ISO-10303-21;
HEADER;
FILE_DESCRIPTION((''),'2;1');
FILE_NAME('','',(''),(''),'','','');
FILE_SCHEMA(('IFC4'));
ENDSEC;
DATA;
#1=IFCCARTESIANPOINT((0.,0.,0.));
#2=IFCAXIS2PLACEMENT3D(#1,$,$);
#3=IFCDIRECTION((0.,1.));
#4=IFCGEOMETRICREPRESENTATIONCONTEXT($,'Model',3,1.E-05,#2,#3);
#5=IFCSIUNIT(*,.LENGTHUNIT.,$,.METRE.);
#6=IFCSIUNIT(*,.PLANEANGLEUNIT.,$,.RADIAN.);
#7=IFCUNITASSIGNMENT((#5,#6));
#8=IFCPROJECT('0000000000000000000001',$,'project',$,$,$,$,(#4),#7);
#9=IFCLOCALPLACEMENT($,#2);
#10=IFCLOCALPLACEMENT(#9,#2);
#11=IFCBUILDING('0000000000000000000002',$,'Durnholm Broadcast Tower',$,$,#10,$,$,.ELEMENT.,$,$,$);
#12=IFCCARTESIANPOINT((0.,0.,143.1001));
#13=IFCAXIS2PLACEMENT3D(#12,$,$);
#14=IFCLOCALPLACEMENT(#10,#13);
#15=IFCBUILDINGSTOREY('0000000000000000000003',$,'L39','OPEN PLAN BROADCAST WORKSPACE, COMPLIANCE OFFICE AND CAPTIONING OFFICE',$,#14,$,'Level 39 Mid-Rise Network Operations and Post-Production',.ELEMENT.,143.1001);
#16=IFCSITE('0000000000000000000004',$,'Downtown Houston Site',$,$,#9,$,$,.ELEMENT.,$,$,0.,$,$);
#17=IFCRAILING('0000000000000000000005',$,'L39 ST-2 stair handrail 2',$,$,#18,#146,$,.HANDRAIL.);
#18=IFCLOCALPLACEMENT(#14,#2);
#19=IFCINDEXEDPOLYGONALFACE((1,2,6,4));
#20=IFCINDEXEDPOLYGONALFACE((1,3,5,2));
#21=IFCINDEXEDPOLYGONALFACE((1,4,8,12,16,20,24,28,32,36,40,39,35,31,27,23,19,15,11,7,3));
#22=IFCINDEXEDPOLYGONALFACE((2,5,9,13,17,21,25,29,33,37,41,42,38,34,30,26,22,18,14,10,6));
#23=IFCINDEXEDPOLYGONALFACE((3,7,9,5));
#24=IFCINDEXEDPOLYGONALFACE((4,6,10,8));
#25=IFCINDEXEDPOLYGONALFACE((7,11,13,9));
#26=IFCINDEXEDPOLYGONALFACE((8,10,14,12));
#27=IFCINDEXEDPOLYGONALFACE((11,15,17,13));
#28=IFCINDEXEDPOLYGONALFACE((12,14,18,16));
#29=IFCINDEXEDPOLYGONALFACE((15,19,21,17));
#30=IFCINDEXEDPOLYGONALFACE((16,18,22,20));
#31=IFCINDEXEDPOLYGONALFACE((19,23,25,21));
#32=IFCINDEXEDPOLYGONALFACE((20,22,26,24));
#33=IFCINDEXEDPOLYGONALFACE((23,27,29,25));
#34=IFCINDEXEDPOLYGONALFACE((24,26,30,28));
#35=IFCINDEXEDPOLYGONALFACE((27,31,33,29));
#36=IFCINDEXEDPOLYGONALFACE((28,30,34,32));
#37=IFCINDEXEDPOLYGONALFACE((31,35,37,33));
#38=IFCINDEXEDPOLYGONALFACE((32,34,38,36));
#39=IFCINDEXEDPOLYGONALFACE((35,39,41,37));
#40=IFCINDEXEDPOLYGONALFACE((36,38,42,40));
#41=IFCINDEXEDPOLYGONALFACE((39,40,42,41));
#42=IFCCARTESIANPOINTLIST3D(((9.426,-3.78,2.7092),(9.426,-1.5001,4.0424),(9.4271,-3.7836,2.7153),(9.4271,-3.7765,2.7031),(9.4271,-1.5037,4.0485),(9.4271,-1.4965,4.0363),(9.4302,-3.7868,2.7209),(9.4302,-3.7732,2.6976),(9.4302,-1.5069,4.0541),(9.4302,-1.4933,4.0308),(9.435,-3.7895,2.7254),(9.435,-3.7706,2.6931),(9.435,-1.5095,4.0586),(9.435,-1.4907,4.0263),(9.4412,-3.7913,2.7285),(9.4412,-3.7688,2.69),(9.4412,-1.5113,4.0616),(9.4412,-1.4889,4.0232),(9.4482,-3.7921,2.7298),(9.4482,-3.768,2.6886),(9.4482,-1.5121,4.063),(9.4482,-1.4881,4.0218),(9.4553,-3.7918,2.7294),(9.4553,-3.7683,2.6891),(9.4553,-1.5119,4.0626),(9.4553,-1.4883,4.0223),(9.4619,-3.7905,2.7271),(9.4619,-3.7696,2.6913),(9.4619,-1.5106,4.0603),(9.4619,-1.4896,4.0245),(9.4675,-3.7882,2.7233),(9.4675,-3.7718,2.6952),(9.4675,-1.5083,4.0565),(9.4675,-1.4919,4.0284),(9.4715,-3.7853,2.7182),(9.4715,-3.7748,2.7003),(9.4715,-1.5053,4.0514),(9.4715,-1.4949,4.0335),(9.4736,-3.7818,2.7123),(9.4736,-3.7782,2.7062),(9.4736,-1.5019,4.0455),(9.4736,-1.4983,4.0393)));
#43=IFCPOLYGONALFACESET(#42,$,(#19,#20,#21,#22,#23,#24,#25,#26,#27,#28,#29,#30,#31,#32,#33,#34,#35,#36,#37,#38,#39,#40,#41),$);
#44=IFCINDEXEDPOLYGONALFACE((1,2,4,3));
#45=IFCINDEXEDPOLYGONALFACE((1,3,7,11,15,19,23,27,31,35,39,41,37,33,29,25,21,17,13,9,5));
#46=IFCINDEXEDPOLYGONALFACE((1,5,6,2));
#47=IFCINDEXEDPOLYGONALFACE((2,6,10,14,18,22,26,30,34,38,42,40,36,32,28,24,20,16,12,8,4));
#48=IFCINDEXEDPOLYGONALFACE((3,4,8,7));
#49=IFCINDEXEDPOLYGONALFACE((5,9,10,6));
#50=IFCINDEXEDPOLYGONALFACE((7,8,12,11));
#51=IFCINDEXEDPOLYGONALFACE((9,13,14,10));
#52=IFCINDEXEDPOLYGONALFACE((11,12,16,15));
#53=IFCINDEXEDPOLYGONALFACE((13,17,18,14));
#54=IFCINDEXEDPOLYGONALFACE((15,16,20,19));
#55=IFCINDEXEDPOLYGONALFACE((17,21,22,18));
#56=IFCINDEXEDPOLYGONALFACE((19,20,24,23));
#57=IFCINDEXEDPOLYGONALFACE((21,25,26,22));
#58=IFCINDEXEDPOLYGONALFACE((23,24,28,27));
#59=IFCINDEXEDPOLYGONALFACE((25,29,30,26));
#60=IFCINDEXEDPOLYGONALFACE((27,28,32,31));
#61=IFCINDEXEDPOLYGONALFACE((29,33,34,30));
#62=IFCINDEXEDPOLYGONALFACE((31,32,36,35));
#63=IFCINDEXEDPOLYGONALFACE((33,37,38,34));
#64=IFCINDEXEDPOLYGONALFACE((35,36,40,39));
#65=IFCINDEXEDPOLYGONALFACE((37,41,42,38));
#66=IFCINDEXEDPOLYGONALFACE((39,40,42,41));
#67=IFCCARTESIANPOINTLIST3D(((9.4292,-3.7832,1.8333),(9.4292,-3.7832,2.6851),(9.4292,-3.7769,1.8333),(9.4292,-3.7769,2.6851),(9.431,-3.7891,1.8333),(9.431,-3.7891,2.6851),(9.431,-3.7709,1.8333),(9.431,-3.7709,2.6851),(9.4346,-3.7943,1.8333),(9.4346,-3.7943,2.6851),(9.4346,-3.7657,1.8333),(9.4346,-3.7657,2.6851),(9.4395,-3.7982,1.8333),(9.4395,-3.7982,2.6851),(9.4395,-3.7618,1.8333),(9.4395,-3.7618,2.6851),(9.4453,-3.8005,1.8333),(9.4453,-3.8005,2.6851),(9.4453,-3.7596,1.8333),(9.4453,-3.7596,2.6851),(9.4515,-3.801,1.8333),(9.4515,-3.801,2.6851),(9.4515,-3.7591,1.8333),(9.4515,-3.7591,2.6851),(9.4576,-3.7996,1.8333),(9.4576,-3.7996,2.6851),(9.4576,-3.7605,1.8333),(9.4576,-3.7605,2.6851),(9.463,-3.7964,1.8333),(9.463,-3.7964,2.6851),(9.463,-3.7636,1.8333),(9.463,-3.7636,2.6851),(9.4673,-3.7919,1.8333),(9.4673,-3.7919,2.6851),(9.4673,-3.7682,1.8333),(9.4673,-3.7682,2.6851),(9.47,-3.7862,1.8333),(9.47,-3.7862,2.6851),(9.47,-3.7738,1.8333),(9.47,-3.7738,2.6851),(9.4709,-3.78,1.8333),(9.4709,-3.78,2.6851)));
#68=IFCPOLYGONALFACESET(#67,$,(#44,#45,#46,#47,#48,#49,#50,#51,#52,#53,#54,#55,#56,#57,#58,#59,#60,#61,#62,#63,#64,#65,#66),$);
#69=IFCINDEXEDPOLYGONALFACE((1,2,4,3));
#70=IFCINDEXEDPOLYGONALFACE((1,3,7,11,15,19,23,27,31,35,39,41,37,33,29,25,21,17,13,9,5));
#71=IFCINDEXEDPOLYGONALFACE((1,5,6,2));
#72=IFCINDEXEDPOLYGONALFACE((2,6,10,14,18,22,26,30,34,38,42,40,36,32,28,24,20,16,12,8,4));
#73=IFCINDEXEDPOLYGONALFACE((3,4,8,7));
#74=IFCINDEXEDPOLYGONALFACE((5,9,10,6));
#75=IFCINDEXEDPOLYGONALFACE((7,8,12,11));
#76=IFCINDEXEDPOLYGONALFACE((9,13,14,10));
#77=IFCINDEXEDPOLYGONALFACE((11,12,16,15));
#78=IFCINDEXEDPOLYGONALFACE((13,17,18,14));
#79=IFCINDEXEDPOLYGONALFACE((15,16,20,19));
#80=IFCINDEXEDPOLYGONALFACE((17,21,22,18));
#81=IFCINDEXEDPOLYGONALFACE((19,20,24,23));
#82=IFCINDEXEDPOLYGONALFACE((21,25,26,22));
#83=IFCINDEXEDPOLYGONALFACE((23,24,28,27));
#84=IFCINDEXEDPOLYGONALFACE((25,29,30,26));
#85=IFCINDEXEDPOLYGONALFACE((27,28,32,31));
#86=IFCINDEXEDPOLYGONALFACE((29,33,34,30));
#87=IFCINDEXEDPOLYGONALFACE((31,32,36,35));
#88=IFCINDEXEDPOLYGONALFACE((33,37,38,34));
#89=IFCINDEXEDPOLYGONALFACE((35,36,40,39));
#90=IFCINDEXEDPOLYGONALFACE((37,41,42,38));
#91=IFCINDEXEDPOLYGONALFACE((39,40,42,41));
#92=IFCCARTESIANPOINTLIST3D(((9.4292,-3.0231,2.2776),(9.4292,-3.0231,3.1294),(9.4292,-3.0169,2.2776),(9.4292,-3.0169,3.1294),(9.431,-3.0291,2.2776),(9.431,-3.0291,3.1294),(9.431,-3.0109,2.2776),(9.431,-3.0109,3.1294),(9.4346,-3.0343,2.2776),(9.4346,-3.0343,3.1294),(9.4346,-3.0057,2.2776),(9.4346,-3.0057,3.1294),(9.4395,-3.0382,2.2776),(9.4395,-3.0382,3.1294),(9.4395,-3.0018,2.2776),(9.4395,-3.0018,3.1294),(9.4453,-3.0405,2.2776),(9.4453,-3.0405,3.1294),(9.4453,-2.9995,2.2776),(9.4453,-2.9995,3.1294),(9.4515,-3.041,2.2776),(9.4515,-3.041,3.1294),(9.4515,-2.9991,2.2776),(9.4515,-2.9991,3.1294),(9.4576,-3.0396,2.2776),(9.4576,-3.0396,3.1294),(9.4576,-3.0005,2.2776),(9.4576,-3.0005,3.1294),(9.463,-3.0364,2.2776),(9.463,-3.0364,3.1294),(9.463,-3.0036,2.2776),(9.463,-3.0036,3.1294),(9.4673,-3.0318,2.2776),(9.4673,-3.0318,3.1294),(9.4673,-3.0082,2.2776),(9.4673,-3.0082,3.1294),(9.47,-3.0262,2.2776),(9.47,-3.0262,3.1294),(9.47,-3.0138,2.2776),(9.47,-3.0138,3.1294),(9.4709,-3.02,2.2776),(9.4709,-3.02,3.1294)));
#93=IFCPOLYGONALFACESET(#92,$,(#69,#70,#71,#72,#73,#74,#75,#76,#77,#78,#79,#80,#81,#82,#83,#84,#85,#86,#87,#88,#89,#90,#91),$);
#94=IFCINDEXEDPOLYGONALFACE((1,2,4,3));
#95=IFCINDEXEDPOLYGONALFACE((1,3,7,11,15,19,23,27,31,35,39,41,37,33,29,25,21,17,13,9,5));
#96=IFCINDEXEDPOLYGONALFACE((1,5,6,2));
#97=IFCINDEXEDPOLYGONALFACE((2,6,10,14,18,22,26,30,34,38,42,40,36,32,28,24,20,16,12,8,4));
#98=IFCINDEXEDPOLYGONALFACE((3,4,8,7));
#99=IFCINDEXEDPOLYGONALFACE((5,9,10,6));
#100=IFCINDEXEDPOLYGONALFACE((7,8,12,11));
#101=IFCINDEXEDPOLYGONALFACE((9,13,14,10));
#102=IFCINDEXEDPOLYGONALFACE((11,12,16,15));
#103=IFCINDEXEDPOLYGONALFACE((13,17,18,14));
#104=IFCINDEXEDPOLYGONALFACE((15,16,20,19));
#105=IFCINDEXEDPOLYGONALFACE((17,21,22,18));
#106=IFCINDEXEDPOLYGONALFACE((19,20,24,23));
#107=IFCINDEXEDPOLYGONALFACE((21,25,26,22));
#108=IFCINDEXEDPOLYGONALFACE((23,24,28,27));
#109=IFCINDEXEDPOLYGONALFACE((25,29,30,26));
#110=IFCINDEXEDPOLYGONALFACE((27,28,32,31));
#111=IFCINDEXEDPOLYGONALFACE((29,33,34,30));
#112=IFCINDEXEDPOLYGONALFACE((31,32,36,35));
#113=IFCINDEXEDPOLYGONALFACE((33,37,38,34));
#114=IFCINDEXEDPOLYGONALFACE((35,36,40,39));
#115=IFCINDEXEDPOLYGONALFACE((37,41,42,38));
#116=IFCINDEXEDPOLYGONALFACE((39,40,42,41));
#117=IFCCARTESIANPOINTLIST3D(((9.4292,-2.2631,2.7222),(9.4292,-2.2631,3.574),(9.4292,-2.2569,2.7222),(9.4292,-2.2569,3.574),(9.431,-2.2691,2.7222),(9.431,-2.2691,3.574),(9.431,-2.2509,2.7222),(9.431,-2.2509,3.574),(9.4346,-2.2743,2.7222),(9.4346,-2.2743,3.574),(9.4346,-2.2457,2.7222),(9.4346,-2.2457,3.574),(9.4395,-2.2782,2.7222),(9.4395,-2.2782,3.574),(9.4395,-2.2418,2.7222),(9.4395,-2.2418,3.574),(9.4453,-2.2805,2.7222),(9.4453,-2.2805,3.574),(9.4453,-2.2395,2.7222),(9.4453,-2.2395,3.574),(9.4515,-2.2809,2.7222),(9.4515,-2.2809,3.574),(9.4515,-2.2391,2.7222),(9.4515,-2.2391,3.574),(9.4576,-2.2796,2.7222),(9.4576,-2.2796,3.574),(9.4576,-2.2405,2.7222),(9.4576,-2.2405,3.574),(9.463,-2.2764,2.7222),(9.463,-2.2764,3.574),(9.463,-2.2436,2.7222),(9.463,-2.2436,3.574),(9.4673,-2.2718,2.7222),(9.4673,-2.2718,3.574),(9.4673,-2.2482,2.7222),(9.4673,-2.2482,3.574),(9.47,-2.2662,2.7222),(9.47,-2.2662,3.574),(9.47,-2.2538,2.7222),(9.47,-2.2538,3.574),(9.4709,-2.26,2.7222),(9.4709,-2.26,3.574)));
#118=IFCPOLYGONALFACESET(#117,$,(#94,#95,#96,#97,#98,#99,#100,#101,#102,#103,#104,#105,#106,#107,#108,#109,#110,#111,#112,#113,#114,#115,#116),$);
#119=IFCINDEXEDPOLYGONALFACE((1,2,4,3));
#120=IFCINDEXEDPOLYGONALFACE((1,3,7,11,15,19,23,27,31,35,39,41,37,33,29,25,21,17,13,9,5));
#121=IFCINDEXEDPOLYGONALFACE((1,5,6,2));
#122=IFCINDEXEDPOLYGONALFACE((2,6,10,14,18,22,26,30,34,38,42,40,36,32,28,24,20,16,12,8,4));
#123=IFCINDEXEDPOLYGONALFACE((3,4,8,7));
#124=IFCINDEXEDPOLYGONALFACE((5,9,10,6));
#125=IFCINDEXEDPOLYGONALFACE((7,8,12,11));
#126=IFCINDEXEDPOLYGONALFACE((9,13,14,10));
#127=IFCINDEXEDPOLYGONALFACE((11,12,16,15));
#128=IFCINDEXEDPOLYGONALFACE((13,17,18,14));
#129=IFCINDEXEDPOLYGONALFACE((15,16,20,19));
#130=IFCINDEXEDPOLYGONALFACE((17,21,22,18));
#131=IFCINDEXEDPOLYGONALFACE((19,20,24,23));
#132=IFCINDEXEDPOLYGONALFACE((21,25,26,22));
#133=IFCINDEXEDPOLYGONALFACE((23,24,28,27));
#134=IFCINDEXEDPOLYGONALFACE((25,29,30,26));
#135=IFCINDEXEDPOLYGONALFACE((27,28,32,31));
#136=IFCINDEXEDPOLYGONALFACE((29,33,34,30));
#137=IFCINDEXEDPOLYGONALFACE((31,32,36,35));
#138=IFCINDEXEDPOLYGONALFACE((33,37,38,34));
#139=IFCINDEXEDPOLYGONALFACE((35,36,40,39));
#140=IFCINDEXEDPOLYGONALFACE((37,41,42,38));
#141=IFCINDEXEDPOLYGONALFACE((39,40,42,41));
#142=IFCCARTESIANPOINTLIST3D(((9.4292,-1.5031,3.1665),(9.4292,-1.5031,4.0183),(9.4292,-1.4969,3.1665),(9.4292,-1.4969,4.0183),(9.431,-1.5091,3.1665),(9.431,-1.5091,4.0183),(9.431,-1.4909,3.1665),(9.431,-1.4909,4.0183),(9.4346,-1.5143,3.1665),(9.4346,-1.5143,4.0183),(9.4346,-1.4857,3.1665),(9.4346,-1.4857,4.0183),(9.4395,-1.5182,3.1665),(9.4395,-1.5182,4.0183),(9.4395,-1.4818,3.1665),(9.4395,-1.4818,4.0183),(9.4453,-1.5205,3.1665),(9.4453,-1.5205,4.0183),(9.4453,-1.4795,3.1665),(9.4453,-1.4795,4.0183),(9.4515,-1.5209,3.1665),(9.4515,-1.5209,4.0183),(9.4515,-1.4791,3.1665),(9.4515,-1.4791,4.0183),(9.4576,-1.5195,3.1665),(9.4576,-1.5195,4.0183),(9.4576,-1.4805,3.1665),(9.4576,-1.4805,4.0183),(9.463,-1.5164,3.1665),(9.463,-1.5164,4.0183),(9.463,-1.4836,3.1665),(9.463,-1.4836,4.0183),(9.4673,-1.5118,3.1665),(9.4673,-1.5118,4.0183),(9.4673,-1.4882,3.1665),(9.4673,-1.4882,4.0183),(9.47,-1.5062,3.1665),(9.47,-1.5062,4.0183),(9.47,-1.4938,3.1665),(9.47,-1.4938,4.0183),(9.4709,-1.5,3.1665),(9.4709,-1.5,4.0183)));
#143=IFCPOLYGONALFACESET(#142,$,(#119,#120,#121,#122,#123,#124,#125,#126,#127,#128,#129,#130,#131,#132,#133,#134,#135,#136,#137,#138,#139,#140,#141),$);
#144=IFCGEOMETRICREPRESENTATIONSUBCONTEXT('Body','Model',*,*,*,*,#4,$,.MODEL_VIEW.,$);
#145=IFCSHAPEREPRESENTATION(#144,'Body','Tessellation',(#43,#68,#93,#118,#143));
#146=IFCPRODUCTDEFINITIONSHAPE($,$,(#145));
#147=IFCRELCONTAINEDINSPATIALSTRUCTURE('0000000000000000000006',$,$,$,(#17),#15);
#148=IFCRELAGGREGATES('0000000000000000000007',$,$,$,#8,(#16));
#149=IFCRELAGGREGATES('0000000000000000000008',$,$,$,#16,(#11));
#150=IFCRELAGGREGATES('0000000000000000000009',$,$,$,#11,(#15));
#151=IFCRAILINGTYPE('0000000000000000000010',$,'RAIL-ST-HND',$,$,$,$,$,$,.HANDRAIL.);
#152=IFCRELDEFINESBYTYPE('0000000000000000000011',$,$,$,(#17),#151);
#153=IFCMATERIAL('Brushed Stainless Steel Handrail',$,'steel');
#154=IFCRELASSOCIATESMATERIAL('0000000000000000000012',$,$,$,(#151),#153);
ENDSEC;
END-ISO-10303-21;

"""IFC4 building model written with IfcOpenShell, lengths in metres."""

from ifc_helpers import new_model, si_unit, direction, frame, origin, origin_2d, place, context, subcontext, project, spatial, circle, extrude, material, type_object, element, save


model = new_model("IFC4")

# Units and contexts
model_context = context("Model", 3, precision=1e-05, world=origin(), true_north=direction((0.0, 1.0)))
body_context = subcontext(model_context, "Body", "Model", "MODEL_VIEW")
ifc_project = project(units=[si_unit("LENGTHUNIT", "METRE"), si_unit("PLANEANGLEUNIT", "RADIAN")], contexts=[model_context])

# Site, building, storey
site_placement = place(None, origin())
site = spatial("IfcSite", under=ifc_project, at=site_placement, Name="Downtown Houston Site", CompositionType="ELEMENT", RefElevation=0.0)
building_placement = place(site_placement, origin())
building = spatial("IfcBuilding", under=site, at=building_placement, Name="Durnholm Broadcast Tower", CompositionType="ELEMENT")
storey_placement = place(building_placement, frame((0.0, 0.0, 143.1001)))
storey = spatial("IfcBuildingStorey", under=building, at=storey_placement, Name="L39", Description="OPEN PLAN BROADCAST WORKSPACE, COMPLIANCE OFFICE AND CAPTIONING OFFICE", LongName="Level 39 Mid-Rise Network Operations and Post-Production", CompositionType="ELEMENT", Elevation=143.1001)

# Railing
ifc_material_1 = material(Name="Brushed Stainless Steel Handrail", Category="steel")
railing_type_1 = type_object("IfcRailingType", Name="RAIL-ST-HND", PredefinedType="HANDRAIL", material=ifc_material_1)
railing_1_placement = place(storey_placement, frame((9.45, -3.78, 1.8333)))
element("IfcRailing", 1, at=railing_1_placement, inside=storey, type_object=railing_type_1, Name="L39 ST-2 stair handrail 2", PredefinedType="HANDRAIL", context=body_context, shape_type="SweptSolid", body=[
    extrude(circle(Radius=0.0239, at=origin_2d()), frame((0.0, 0.0, 0.876), z_axis=(0.0, 0.863245, 0.504785), x_axis=(-1.0, 0.0, 0.0)), (0.0, 0.0, 1.0), 2.6411),
    extrude(circle(Radius=0.021, at=origin_2d()), origin(), (0.0, 0.0, 1.0), 0.8518),
    extrude(circle(Radius=0.021, at=origin_2d()), frame((0.0, 0.76, 0.4443)), (0.0, 0.0, 1.0), 0.8518),
    extrude(circle(Radius=0.021, at=origin_2d()), frame((0.0, 1.52, 0.8889)), (0.0, 0.0, 1.0), 0.8518),
    extrude(circle(Radius=0.021, at=origin_2d()), frame((0.0, 2.28, 1.3333)), (0.0, 0.0, 1.0), 0.8518),
])

save(model, "model.ifc")
